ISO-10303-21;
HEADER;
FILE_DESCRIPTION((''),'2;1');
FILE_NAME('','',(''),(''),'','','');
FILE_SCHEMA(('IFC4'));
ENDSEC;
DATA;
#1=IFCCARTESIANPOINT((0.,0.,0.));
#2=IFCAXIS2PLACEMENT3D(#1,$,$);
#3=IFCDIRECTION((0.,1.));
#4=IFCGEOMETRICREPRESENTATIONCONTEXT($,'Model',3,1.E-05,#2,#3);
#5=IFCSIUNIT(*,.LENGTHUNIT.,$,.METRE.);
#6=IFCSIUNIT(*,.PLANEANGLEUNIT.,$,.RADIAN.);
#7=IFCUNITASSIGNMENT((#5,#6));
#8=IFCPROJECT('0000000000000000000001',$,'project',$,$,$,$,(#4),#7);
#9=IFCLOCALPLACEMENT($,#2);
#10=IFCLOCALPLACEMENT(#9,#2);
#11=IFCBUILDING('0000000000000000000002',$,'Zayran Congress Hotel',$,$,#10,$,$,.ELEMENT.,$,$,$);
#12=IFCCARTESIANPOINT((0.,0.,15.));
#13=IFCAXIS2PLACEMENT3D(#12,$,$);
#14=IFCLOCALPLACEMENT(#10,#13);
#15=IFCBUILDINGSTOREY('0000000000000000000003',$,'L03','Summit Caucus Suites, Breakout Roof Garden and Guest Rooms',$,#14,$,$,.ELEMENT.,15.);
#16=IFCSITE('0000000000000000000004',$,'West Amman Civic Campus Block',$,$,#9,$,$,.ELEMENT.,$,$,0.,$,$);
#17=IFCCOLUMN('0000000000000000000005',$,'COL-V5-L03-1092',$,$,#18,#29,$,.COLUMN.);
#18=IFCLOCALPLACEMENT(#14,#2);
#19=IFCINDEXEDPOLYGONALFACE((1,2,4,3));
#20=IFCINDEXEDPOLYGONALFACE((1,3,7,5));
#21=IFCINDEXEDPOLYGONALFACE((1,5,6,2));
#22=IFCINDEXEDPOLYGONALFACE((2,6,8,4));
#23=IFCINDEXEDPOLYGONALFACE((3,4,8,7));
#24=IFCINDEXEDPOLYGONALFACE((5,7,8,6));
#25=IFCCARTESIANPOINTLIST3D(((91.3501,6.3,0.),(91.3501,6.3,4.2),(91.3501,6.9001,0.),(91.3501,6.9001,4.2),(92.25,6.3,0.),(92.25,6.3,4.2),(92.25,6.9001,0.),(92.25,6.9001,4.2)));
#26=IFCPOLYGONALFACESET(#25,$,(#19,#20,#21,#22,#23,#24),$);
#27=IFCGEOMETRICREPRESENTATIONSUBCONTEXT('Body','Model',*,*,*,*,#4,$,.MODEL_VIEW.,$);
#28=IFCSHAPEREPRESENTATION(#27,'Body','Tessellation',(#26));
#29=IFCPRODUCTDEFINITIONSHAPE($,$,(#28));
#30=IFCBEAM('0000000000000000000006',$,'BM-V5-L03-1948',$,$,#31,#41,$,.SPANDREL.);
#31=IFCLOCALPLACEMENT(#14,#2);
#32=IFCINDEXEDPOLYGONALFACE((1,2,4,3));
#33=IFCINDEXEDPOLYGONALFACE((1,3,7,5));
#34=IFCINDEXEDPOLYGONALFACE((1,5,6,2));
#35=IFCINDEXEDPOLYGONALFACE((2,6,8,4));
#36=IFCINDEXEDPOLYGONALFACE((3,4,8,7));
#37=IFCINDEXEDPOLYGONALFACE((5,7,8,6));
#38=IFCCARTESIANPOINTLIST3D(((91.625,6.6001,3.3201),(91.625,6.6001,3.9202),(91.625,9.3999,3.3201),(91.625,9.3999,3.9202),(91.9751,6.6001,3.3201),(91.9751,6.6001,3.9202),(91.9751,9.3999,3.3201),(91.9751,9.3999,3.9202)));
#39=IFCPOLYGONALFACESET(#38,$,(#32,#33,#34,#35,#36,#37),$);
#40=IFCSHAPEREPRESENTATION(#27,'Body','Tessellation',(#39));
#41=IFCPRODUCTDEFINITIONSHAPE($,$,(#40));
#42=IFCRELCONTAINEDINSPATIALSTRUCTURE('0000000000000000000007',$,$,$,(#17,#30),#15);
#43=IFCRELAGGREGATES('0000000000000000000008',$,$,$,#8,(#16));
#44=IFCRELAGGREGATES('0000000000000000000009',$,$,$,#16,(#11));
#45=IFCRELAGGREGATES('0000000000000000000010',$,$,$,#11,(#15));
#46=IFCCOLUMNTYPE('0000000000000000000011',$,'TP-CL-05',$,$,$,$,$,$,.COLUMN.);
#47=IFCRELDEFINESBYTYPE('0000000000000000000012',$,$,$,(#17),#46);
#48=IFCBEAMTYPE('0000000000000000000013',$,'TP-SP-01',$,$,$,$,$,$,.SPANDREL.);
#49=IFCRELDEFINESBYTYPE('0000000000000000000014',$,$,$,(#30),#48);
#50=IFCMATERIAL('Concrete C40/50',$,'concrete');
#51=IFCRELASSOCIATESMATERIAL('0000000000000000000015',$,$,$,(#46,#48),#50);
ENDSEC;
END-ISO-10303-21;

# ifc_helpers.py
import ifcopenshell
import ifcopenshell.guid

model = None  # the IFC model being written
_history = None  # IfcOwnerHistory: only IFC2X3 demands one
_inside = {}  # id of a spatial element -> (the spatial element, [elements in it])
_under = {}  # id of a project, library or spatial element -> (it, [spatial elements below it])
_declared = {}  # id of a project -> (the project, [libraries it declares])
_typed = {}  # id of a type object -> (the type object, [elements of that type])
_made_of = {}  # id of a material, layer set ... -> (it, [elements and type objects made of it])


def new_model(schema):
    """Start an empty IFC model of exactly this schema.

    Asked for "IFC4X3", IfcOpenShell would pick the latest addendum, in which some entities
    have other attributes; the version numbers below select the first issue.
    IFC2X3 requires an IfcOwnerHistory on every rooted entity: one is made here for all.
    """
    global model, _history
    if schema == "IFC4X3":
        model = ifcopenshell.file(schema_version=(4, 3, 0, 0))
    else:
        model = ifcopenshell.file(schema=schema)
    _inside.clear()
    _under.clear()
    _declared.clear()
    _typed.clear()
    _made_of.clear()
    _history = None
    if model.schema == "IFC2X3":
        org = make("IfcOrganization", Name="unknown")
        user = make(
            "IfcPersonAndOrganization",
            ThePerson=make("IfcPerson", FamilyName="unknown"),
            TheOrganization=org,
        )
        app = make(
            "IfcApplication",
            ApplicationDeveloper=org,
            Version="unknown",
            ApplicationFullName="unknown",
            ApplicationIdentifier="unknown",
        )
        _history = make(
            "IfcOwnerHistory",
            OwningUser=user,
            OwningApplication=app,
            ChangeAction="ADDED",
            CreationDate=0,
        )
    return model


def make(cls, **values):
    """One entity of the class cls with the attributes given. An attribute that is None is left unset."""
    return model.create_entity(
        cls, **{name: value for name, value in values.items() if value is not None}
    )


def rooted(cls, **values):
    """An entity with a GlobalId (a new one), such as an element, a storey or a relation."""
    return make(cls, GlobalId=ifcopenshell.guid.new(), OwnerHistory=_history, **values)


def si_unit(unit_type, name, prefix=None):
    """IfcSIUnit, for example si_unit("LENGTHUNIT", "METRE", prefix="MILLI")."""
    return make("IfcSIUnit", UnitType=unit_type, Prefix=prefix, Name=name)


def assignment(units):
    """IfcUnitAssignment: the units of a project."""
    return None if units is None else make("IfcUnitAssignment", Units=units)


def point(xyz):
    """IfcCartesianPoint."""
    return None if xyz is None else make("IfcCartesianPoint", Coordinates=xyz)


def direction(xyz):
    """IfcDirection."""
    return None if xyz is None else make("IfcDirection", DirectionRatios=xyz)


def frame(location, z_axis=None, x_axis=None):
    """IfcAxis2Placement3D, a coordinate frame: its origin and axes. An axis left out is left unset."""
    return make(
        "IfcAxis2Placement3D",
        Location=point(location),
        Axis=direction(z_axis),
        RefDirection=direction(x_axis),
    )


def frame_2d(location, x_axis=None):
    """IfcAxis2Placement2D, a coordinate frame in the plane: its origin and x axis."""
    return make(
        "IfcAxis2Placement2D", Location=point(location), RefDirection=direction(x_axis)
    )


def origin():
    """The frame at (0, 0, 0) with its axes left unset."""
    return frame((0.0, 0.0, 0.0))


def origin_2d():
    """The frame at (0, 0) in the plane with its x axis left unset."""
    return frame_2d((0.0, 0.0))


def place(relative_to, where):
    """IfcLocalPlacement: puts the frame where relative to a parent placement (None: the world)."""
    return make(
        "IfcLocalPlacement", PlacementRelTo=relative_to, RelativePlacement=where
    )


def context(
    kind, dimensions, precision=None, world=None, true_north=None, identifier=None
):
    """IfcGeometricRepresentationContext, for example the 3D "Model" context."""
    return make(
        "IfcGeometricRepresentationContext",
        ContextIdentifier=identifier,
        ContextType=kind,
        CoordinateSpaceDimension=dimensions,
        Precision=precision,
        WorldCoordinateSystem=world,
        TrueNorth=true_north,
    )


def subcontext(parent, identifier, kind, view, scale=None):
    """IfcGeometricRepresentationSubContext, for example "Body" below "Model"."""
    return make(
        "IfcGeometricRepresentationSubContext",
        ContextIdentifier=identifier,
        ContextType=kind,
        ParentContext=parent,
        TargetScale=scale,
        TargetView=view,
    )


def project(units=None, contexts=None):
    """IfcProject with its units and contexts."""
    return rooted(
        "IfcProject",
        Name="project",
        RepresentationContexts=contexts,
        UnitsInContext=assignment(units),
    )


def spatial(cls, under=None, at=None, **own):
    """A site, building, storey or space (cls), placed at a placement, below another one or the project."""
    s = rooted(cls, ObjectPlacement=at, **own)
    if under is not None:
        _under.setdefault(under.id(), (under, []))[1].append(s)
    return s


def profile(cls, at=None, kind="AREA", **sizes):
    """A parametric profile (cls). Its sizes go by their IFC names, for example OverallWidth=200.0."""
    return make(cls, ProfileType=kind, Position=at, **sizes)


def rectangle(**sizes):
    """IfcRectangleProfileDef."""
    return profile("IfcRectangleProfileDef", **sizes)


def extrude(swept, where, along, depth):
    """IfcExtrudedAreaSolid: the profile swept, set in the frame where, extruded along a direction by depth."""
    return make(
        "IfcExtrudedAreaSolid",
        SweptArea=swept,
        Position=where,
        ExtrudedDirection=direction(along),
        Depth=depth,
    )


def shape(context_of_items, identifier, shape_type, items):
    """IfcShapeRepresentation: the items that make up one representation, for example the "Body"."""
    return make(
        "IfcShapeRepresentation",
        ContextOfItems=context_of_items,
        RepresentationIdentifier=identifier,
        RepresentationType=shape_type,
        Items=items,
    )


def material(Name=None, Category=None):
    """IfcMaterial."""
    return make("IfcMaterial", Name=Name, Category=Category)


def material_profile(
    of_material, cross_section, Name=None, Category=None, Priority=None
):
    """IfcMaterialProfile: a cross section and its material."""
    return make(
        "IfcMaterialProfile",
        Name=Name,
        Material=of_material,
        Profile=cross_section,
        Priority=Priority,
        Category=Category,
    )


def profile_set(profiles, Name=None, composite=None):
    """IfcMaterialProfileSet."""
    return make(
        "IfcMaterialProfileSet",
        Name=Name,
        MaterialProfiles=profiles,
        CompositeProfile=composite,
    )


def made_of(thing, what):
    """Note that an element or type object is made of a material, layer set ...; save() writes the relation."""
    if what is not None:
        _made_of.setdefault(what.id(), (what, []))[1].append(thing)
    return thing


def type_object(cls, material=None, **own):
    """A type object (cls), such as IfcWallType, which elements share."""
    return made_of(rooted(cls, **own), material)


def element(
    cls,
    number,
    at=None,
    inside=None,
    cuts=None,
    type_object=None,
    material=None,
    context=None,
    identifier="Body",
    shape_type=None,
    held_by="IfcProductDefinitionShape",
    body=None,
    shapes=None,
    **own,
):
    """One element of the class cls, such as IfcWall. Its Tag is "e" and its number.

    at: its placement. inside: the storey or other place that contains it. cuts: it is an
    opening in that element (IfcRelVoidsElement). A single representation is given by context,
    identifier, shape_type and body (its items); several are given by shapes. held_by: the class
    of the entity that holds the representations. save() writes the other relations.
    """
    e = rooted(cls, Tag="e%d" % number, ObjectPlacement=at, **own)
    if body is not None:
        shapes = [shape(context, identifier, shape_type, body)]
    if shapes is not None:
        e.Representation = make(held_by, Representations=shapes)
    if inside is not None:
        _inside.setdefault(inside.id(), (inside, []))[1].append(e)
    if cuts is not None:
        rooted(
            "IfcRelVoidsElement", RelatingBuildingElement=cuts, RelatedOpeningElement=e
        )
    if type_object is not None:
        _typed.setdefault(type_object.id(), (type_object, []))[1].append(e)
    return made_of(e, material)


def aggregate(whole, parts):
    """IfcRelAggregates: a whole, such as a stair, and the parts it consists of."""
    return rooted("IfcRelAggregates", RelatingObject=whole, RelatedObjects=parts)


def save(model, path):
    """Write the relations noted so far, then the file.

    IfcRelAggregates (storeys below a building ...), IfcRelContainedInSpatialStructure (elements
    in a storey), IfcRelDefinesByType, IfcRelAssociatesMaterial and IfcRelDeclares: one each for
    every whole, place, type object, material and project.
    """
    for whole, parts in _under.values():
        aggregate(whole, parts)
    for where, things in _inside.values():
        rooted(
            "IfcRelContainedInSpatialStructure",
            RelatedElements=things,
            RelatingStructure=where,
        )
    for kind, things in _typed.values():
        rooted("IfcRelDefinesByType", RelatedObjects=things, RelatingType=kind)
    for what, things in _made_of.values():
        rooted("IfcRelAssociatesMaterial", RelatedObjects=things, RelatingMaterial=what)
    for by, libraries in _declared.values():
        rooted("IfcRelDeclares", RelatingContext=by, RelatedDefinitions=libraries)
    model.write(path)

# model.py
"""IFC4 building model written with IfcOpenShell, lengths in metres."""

from ifc_helpers import new_model, si_unit, direction, frame, origin, origin_2d, place, context, subcontext, project, spatial, rectangle, extrude, material, material_profile, profile_set, type_object, element, save


model = new_model("IFC4")

# Units and contexts
model_context = context("Model", 3, precision=1e-05, world=origin(), true_north=direction((0.0, 1.0)))
body_context = subcontext(model_context, "Body", "Model", "MODEL_VIEW")
ifc_project = project(units=[si_unit("LENGTHUNIT", "METRE"), si_unit("PLANEANGLEUNIT", "RADIAN")], contexts=[model_context])

# Site, building, storey
site_placement = place(None, origin())
site = spatial("IfcSite", under=ifc_project, at=site_placement, Name="West Amman Civic Campus Block", CompositionType="ELEMENT", RefElevation=0.0)
building_placement = place(site_placement, origin())
building = spatial("IfcBuilding", under=site, at=building_placement, Name="Zayran Congress Hotel", CompositionType="ELEMENT")
storey_placement = place(building_placement, frame((0.0, 0.0, 15.0)))
storey = spatial("IfcBuildingStorey", under=building, at=storey_placement, Name="L03", Description="Summit Caucus Suites, Breakout Roof Garden and Guest Rooms", CompositionType="ELEMENT", Elevation=15.0)

# Column
ifc_material_1 = material(Name="Concrete C40/50", Category="concrete")
ifc_material_profile_1 = material_profile(ifc_material_1, rectangle(XDim=0.6001, YDim=0.8999, at=origin_2d()), Name="RC 900x600")
ifc_profile_set_1 = profile_set([ifc_material_profile_1], Name="Concrete C40/50")
column_type = type_object("IfcColumnType", Name="TP-CL-05", PredefinedType="COLUMN", material=ifc_profile_set_1)
column_placement = place(storey_placement, frame((91.8, 6.6001, 0.0), z_axis=(0.0, 0.0, 1.0), x_axis=(0.0, 1.0, 0.0)))
element("IfcColumn", 1, at=column_placement, inside=storey, type_object=column_type, Name="COL-V5-L03-1092", PredefinedType="COLUMN", context=body_context, shape_type="SweptSolid", body=[
    extrude(rectangle(XDim=0.6001, YDim=0.8999, at=origin_2d()), origin(), (0.0, 0.0, 1.0), 4.2),
])

# Beam
ifc_material_profile_2 = material_profile(ifc_material_1, rectangle(XDim=0.3501, YDim=0.6001, at=origin_2d()), Name="RC 350x600")
ifc_profile_set_2 = profile_set([ifc_material_profile_2], Name="Concrete C40/50")
beam_type = type_object("IfcBeamType", Name="TP-SP-01", PredefinedType="SPANDREL", material=ifc_profile_set_2)
beam_placement = place(storey_placement, frame((91.8, 6.6001, 3.6201), z_axis=(0.0, 1.0, 0.0), x_axis=(-1.0, 0.0, 0.0)))
element("IfcBeam", 2, at=beam_placement, inside=storey, type_object=beam_type, Name="BM-V5-L03-1948", PredefinedType="SPANDREL", context=body_context, shape_type="SweptSolid", body=[
    extrude(rectangle(XDim=0.3501, YDim=0.6001, at=origin_2d()), origin(), (0.0, 0.0, 1.0), 2.7998),
])

save(model, "model.ifc")
